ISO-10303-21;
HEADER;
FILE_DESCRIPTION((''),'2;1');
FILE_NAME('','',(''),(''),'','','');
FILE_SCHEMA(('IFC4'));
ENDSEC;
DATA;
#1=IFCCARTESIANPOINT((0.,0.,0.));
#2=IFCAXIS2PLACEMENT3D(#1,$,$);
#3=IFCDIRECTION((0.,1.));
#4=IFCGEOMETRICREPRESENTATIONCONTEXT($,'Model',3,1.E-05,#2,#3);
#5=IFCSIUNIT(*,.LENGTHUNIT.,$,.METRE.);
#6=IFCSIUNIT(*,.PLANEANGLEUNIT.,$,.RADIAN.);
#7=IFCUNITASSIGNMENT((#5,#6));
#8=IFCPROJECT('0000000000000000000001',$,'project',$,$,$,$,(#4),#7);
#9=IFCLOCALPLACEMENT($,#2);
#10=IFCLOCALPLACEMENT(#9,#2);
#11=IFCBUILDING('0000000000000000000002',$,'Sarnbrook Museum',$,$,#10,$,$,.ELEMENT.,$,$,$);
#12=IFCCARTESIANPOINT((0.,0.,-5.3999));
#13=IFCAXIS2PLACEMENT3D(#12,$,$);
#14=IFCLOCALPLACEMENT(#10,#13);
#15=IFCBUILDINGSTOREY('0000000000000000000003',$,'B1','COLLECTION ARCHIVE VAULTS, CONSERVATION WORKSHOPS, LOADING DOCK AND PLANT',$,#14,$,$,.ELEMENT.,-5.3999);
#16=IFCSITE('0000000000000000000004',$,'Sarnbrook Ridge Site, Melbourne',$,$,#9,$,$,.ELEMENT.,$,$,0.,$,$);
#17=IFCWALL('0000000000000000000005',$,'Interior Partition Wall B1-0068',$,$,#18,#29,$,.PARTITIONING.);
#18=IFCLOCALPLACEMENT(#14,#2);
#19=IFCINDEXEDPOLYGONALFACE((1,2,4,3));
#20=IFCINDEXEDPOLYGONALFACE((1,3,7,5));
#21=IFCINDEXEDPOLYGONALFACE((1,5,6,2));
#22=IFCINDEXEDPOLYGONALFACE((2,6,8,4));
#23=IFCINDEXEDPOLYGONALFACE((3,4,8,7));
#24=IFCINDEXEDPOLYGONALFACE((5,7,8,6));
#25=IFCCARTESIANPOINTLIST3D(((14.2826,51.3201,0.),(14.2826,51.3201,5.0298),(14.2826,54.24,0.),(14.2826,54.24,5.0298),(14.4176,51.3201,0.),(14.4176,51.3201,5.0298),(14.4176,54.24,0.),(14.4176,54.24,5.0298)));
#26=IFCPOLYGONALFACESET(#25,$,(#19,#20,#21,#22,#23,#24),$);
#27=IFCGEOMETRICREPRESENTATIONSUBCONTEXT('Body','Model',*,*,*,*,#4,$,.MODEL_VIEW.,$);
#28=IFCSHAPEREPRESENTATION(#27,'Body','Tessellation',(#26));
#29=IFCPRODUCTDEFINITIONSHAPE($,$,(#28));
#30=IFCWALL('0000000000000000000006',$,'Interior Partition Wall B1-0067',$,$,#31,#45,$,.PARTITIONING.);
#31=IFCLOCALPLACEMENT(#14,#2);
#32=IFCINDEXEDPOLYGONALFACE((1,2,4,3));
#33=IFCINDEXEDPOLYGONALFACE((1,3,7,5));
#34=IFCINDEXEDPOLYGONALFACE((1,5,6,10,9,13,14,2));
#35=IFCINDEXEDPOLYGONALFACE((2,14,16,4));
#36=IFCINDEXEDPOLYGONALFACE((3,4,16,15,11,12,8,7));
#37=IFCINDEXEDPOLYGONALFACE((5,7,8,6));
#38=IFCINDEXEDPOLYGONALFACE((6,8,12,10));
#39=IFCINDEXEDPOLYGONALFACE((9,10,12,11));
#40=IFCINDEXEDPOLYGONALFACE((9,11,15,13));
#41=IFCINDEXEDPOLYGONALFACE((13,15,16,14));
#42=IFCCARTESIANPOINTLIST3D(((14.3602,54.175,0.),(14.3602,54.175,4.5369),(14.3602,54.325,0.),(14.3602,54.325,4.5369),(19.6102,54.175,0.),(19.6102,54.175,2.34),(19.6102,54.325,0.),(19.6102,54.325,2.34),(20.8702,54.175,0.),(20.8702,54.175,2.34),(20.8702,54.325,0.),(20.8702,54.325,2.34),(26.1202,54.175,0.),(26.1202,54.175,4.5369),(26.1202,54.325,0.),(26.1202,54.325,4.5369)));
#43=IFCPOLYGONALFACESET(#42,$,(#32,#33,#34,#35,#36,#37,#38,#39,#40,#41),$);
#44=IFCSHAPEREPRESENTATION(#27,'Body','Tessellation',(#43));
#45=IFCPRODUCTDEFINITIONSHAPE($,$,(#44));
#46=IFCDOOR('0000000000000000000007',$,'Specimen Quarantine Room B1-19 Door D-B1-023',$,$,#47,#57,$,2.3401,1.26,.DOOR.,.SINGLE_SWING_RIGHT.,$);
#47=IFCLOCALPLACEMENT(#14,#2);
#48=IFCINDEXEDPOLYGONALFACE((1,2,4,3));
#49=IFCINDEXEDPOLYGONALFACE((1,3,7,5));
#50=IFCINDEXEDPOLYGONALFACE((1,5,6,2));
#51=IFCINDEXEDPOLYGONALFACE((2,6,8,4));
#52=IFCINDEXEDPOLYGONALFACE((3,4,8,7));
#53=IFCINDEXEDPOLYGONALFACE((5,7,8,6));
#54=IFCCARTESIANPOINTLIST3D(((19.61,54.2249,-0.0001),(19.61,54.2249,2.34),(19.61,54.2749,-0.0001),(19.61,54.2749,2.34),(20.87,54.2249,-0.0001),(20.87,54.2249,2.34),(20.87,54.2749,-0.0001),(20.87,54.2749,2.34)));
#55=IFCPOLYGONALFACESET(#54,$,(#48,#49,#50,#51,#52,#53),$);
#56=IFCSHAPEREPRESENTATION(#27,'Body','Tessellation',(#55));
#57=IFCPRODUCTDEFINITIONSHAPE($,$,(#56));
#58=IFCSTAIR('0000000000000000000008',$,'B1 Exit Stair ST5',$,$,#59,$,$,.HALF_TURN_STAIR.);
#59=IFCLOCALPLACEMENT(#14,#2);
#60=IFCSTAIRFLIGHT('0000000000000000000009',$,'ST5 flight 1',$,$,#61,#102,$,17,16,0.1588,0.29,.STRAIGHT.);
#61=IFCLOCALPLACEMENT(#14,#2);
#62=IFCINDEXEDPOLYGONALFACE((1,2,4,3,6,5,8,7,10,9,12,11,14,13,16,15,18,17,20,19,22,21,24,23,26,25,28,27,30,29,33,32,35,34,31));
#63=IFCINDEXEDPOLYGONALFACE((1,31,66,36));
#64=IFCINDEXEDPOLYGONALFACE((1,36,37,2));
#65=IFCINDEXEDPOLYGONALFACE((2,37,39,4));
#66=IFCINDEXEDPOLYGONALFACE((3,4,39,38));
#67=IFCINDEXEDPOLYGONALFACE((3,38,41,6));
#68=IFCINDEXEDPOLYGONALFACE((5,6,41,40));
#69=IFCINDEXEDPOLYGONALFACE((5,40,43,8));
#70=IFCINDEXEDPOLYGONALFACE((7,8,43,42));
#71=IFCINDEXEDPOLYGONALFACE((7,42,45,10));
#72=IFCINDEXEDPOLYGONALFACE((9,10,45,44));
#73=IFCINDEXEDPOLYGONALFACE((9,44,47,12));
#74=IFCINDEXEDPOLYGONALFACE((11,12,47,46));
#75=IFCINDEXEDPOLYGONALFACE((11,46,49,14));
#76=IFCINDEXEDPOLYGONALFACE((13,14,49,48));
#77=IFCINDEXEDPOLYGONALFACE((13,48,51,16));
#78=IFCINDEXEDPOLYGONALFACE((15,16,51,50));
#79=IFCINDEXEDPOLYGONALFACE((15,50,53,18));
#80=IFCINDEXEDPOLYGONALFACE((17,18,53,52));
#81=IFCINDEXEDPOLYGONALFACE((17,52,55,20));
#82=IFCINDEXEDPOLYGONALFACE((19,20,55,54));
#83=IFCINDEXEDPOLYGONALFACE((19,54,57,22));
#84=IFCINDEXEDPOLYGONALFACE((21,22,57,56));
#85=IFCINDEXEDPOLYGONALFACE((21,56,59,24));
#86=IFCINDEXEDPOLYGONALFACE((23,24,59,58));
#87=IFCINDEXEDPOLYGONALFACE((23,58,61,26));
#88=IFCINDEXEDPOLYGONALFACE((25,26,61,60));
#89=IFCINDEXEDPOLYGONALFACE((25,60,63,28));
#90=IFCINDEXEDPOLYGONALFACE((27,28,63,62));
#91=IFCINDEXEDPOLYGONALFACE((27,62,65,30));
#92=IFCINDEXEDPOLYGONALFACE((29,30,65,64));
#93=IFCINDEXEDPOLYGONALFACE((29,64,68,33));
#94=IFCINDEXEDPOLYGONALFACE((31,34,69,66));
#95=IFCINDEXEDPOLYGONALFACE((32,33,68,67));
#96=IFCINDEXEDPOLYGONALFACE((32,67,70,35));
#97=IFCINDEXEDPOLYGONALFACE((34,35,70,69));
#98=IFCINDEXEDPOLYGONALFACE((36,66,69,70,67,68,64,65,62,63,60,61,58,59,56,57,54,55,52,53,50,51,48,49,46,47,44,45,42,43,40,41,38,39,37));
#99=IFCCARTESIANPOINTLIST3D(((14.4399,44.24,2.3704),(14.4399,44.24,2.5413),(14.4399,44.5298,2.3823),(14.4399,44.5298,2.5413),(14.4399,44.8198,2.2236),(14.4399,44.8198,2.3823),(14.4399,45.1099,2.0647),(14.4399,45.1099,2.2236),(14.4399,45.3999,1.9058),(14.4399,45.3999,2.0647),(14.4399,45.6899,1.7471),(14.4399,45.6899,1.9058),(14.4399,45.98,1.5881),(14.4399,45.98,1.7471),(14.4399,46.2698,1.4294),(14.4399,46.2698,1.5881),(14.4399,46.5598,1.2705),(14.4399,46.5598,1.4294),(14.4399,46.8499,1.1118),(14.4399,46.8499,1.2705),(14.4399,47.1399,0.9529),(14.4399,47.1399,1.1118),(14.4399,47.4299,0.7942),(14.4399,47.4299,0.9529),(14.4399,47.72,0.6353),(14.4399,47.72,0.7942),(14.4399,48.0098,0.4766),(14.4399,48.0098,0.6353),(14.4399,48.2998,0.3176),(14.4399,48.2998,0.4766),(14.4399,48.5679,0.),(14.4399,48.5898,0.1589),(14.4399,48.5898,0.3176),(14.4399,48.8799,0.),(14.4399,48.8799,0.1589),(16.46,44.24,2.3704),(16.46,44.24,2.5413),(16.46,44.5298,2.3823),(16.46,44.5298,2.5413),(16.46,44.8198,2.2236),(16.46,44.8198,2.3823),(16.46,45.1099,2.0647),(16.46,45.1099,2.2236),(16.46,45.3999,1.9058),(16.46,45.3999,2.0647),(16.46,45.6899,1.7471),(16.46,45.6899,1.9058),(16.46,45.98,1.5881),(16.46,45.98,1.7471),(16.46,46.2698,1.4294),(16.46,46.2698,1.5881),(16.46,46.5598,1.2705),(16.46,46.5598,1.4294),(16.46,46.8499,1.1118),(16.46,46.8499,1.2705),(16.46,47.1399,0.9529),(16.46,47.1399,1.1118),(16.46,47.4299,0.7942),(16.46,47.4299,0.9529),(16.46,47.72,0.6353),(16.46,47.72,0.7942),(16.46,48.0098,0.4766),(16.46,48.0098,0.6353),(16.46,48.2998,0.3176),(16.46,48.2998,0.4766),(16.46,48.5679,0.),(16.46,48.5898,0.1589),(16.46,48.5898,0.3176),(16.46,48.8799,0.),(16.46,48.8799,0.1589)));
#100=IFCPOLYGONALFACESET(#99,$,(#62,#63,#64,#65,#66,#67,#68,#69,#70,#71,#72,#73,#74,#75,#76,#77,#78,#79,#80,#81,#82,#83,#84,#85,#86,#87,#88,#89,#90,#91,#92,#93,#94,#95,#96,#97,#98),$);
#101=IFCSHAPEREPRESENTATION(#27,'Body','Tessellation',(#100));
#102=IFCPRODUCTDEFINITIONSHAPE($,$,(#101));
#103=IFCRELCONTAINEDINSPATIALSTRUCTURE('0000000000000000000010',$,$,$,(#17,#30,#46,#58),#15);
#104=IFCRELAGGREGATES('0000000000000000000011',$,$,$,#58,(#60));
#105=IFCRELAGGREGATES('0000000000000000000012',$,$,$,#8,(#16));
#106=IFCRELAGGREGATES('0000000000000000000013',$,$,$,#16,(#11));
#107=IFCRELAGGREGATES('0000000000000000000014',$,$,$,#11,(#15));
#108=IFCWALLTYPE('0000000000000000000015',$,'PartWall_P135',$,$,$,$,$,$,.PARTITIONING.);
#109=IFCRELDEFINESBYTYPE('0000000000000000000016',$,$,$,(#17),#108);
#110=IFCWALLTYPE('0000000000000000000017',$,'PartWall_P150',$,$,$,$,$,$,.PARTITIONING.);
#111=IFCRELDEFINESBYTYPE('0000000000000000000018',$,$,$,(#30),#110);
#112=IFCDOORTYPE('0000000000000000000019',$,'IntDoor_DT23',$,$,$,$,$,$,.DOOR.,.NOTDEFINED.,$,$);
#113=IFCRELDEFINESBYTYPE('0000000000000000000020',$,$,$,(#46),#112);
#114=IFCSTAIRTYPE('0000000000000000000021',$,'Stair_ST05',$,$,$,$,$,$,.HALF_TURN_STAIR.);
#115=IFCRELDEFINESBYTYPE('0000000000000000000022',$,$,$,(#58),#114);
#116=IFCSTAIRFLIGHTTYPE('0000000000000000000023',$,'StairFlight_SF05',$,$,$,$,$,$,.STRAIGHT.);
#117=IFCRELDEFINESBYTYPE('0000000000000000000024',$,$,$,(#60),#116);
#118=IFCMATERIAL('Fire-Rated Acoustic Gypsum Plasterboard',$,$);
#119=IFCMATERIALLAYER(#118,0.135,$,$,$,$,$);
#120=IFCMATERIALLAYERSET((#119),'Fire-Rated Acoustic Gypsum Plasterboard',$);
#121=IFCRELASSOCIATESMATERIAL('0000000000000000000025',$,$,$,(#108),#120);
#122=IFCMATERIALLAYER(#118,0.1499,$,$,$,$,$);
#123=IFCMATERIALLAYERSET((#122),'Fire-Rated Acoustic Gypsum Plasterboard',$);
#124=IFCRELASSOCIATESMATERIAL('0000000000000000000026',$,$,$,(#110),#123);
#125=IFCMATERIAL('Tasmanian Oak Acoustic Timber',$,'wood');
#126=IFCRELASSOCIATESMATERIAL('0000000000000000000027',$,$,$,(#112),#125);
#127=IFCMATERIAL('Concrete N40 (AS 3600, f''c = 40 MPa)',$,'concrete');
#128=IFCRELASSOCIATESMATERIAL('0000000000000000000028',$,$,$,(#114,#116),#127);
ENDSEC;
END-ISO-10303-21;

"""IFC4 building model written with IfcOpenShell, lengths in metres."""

from ifc_helpers import new_model, si_unit, direction, frame, frame_2d, origin, place, context, subcontext, project, spatial, polyline, rectangle, outline, extrude, material, layer, layer_set, type_object, element, fill, aggregate, save


model = new_model("IFC4")

# Units and contexts
model_context = context("Model", 3, precision=1e-05, world=origin(), true_north=direction((0.0, 1.0)))
body_context = subcontext(model_context, "Body", "Model", "MODEL_VIEW")
ifc_project = project(units=[si_unit("LENGTHUNIT", "METRE"), si_unit("PLANEANGLEUNIT", "RADIAN")], contexts=[model_context])

# Site, building, storey
site_placement = place(None, origin())
site = spatial("IfcSite", under=ifc_project, at=site_placement, Name="Sarnbrook Ridge Site, Melbourne", CompositionType="ELEMENT", RefElevation=0.0)
building_placement = place(site_placement, origin())
building = spatial("IfcBuilding", under=site, at=building_placement, Name="Sarnbrook Museum", CompositionType="ELEMENT")
storey_placement = place(building_placement, frame((0.0, 0.0, -5.3999)))
storey = spatial("IfcBuildingStorey", under=building, at=storey_placement, Name="B1", Description="COLLECTION ARCHIVE VAULTS, CONSERVATION WORKSHOPS, LOADING DOCK AND PLANT", CompositionType="ELEMENT", Elevation=-5.3999)

# Shared definitions
ifc_material_1 = material(Name="Concrete N40 (AS 3600, f'c = 40 MPa)", Category="concrete")

# Shared definitions
ifc_material_2 = material(Name="Tasmanian Oak Acoustic Timber", Category="wood")

# Wall
ifc_material_3 = material(Name="Fire-Rated Acoustic Gypsum Plasterboard")
ifc_layer_1 = layer(ifc_material_3, 0.135)
ifc_layer_set_1 = layer_set([ifc_layer_1], Name="Fire-Rated Acoustic Gypsum Plasterboard")
wall_type_1 = type_object("IfcWallType", Name="PartWall_P135", PredefinedType="PARTITIONING", material=ifc_layer_set_1)
wall_1_placement = place(storey_placement, frame((14.3501, 54.24, 0.0), z_axis=(0.0, 0.0, 1.0), x_axis=(0.0, -1.0, 0.0)))
element("IfcWall", 1, at=wall_1_placement, inside=storey, type_object=wall_type_1, Name="Interior Partition Wall B1-0068", PredefinedType="PARTITIONING", context=body_context, shape_type="SweptSolid", body=[
    extrude(rectangle(XDim=2.9199, YDim=0.135, at=frame_2d((1.46, 0.0))), origin(), (0.0, 0.0, 1.0), 5.0298),
])

# Wall, opening, door
ifc_layer_2 = layer(ifc_material_3, 0.1499)
ifc_layer_set_2 = layer_set([ifc_layer_2], Name="Fire-Rated Acoustic Gypsum Plasterboard")
wall_type_2 = type_object("IfcWallType", Name="PartWall_P150", PredefinedType="PARTITIONING", material=ifc_layer_set_2)
wall_2_placement = place(storey_placement, frame((26.1201, 54.25, 0.0), z_axis=(0.0, 0.0, 1.0), x_axis=(-1.0, 0.0, 0.0)))
wall_2 = element("IfcWall", 2, at=wall_2_placement, inside=storey, type_object=wall_type_2, Name="Interior Partition Wall B1-0067", PredefinedType="PARTITIONING", context=body_context, shape_type="SweptSolid", body=[
    extrude(rectangle(XDim=11.76, YDim=0.1499, at=frame_2d((5.8799, 0.0))), origin(), (0.0, 0.0, 1.0), 4.5369),
])
opening_1_placement = place(wall_2_placement, frame((5.25, 0.0, 0.0)))
opening_1 = element("IfcOpeningElement", 3, at=opening_1_placement, cuts=wall_2, PredefinedType="OPENING", context=body_context, shape_type="SweptSolid", body=[
    extrude(rectangle(XDim=1.26, YDim=2.3401, at=frame_2d((0.6299, 1.1699))), frame((0.0, 0.085, 0.0), z_axis=(0.0, -1.0, 0.0), x_axis=(1.0, 0.0, 0.0)), (0.0, 0.0, 1.0), 0.1699),
])
door_type_1 = type_object("IfcDoorType", Name="IntDoor_DT23", OperationType="NOTDEFINED", PredefinedType="DOOR", material=ifc_material_2)
door_1_placement = place(opening_1_placement, frame((1.26, 0.0, 0.0), z_axis=(0.0, 0.0, 1.0), x_axis=(-1.0, 0.0, 0.0)))
door_1 = element("IfcDoor", 4, at=door_1_placement, inside=storey, type_object=door_type_1, Name="Specimen Quarantine Room B1-19 Door D-B1-023", OperationType="SINGLE_SWING_RIGHT", OverallHeight=2.3401, OverallWidth=1.26, PredefinedType="DOOR", context=body_context, shape_type="SweptSolid", body=[
    extrude(rectangle(XDim=1.26, YDim=2.3401, at=frame_2d((0.6299, 1.1699))), frame((0.0, 0.0249, 0.0), z_axis=(0.0, -1.0, 0.0), x_axis=(1.0, 0.0, 0.0)), (0.0, 0.0, 1.0), 0.05),
])
fill(opening_1, door_1)

# Stair, stair flight
stair_type = type_object("IfcStairType", Name="Stair_ST05", PredefinedType="HALF_TURN_STAIR", material=ifc_material_1)
stair_placement = place(storey_placement, origin())
stair = element("IfcStair", 5, at=stair_placement, inside=storey, type_object=stair_type, Name="B1 Exit Stair ST5", PredefinedType="HALF_TURN_STAIR")
stair_flight_type = type_object("IfcStairFlightType", Name="StairFlight_SF05", PredefinedType="STRAIGHT", material=ifc_material_1)
stair_flight_placement = place(storey_placement, frame((15.45, 48.8799, 0.0), z_axis=(0.0, 0.0, 1.0), x_axis=(0.0, -1.0, 0.0)))
stair_flight = element("IfcStairFlight", 6, at=stair_flight_placement, type_object=stair_flight_type, Name="ST5 flight 1", NumberOfRisers=17, NumberOfTreads=16, PredefinedType="STRAIGHT", RiserHeight=0.1588, TreadLength=0.29, context=body_context, shape_type="SweptSolid", body=[
    extrude(outline(polyline([(0.0, 0.0), (0.0, 0.1589), (0.29, 0.1589), (0.29, 0.3176), (0.5801, 0.3176), (0.5801, 0.4766), (0.8701, 0.4766), (0.8701, 0.6353), (1.1599, 0.6353), (1.1599, 0.7942), (1.45, 0.7942), (1.45, 0.9529), (1.74, 0.9529), (1.74, 1.1118), (2.03, 1.1118), (2.03, 1.2705), (2.3201, 1.2705), (2.3201, 1.4294), (2.6101, 1.4294), (2.6101, 1.5881), (2.8999, 1.5881), (2.8999, 1.7471), (3.1899, 1.7471), (3.1899, 1.9058), (3.48, 1.9058), (3.48, 2.0647), (3.77, 2.0647), (3.77, 2.2236), (4.0601, 2.2236), (4.0601, 2.3823), (4.3501, 2.3823), (4.3501, 2.5413), (4.6399, 2.5413), (4.6399, 2.7), (4.6399, 2.3704), (0.312, 0.0), (0.0, 0.0)])), frame((0.0, 1.01, 0.0), z_axis=(0.0, -1.0, 0.0), x_axis=(1.0, 0.0, 0.0)), (0.0, 0.0, 1.0), 2.02),
])
aggregate(stair, [stair_flight])

save(model, "model.ifc")
